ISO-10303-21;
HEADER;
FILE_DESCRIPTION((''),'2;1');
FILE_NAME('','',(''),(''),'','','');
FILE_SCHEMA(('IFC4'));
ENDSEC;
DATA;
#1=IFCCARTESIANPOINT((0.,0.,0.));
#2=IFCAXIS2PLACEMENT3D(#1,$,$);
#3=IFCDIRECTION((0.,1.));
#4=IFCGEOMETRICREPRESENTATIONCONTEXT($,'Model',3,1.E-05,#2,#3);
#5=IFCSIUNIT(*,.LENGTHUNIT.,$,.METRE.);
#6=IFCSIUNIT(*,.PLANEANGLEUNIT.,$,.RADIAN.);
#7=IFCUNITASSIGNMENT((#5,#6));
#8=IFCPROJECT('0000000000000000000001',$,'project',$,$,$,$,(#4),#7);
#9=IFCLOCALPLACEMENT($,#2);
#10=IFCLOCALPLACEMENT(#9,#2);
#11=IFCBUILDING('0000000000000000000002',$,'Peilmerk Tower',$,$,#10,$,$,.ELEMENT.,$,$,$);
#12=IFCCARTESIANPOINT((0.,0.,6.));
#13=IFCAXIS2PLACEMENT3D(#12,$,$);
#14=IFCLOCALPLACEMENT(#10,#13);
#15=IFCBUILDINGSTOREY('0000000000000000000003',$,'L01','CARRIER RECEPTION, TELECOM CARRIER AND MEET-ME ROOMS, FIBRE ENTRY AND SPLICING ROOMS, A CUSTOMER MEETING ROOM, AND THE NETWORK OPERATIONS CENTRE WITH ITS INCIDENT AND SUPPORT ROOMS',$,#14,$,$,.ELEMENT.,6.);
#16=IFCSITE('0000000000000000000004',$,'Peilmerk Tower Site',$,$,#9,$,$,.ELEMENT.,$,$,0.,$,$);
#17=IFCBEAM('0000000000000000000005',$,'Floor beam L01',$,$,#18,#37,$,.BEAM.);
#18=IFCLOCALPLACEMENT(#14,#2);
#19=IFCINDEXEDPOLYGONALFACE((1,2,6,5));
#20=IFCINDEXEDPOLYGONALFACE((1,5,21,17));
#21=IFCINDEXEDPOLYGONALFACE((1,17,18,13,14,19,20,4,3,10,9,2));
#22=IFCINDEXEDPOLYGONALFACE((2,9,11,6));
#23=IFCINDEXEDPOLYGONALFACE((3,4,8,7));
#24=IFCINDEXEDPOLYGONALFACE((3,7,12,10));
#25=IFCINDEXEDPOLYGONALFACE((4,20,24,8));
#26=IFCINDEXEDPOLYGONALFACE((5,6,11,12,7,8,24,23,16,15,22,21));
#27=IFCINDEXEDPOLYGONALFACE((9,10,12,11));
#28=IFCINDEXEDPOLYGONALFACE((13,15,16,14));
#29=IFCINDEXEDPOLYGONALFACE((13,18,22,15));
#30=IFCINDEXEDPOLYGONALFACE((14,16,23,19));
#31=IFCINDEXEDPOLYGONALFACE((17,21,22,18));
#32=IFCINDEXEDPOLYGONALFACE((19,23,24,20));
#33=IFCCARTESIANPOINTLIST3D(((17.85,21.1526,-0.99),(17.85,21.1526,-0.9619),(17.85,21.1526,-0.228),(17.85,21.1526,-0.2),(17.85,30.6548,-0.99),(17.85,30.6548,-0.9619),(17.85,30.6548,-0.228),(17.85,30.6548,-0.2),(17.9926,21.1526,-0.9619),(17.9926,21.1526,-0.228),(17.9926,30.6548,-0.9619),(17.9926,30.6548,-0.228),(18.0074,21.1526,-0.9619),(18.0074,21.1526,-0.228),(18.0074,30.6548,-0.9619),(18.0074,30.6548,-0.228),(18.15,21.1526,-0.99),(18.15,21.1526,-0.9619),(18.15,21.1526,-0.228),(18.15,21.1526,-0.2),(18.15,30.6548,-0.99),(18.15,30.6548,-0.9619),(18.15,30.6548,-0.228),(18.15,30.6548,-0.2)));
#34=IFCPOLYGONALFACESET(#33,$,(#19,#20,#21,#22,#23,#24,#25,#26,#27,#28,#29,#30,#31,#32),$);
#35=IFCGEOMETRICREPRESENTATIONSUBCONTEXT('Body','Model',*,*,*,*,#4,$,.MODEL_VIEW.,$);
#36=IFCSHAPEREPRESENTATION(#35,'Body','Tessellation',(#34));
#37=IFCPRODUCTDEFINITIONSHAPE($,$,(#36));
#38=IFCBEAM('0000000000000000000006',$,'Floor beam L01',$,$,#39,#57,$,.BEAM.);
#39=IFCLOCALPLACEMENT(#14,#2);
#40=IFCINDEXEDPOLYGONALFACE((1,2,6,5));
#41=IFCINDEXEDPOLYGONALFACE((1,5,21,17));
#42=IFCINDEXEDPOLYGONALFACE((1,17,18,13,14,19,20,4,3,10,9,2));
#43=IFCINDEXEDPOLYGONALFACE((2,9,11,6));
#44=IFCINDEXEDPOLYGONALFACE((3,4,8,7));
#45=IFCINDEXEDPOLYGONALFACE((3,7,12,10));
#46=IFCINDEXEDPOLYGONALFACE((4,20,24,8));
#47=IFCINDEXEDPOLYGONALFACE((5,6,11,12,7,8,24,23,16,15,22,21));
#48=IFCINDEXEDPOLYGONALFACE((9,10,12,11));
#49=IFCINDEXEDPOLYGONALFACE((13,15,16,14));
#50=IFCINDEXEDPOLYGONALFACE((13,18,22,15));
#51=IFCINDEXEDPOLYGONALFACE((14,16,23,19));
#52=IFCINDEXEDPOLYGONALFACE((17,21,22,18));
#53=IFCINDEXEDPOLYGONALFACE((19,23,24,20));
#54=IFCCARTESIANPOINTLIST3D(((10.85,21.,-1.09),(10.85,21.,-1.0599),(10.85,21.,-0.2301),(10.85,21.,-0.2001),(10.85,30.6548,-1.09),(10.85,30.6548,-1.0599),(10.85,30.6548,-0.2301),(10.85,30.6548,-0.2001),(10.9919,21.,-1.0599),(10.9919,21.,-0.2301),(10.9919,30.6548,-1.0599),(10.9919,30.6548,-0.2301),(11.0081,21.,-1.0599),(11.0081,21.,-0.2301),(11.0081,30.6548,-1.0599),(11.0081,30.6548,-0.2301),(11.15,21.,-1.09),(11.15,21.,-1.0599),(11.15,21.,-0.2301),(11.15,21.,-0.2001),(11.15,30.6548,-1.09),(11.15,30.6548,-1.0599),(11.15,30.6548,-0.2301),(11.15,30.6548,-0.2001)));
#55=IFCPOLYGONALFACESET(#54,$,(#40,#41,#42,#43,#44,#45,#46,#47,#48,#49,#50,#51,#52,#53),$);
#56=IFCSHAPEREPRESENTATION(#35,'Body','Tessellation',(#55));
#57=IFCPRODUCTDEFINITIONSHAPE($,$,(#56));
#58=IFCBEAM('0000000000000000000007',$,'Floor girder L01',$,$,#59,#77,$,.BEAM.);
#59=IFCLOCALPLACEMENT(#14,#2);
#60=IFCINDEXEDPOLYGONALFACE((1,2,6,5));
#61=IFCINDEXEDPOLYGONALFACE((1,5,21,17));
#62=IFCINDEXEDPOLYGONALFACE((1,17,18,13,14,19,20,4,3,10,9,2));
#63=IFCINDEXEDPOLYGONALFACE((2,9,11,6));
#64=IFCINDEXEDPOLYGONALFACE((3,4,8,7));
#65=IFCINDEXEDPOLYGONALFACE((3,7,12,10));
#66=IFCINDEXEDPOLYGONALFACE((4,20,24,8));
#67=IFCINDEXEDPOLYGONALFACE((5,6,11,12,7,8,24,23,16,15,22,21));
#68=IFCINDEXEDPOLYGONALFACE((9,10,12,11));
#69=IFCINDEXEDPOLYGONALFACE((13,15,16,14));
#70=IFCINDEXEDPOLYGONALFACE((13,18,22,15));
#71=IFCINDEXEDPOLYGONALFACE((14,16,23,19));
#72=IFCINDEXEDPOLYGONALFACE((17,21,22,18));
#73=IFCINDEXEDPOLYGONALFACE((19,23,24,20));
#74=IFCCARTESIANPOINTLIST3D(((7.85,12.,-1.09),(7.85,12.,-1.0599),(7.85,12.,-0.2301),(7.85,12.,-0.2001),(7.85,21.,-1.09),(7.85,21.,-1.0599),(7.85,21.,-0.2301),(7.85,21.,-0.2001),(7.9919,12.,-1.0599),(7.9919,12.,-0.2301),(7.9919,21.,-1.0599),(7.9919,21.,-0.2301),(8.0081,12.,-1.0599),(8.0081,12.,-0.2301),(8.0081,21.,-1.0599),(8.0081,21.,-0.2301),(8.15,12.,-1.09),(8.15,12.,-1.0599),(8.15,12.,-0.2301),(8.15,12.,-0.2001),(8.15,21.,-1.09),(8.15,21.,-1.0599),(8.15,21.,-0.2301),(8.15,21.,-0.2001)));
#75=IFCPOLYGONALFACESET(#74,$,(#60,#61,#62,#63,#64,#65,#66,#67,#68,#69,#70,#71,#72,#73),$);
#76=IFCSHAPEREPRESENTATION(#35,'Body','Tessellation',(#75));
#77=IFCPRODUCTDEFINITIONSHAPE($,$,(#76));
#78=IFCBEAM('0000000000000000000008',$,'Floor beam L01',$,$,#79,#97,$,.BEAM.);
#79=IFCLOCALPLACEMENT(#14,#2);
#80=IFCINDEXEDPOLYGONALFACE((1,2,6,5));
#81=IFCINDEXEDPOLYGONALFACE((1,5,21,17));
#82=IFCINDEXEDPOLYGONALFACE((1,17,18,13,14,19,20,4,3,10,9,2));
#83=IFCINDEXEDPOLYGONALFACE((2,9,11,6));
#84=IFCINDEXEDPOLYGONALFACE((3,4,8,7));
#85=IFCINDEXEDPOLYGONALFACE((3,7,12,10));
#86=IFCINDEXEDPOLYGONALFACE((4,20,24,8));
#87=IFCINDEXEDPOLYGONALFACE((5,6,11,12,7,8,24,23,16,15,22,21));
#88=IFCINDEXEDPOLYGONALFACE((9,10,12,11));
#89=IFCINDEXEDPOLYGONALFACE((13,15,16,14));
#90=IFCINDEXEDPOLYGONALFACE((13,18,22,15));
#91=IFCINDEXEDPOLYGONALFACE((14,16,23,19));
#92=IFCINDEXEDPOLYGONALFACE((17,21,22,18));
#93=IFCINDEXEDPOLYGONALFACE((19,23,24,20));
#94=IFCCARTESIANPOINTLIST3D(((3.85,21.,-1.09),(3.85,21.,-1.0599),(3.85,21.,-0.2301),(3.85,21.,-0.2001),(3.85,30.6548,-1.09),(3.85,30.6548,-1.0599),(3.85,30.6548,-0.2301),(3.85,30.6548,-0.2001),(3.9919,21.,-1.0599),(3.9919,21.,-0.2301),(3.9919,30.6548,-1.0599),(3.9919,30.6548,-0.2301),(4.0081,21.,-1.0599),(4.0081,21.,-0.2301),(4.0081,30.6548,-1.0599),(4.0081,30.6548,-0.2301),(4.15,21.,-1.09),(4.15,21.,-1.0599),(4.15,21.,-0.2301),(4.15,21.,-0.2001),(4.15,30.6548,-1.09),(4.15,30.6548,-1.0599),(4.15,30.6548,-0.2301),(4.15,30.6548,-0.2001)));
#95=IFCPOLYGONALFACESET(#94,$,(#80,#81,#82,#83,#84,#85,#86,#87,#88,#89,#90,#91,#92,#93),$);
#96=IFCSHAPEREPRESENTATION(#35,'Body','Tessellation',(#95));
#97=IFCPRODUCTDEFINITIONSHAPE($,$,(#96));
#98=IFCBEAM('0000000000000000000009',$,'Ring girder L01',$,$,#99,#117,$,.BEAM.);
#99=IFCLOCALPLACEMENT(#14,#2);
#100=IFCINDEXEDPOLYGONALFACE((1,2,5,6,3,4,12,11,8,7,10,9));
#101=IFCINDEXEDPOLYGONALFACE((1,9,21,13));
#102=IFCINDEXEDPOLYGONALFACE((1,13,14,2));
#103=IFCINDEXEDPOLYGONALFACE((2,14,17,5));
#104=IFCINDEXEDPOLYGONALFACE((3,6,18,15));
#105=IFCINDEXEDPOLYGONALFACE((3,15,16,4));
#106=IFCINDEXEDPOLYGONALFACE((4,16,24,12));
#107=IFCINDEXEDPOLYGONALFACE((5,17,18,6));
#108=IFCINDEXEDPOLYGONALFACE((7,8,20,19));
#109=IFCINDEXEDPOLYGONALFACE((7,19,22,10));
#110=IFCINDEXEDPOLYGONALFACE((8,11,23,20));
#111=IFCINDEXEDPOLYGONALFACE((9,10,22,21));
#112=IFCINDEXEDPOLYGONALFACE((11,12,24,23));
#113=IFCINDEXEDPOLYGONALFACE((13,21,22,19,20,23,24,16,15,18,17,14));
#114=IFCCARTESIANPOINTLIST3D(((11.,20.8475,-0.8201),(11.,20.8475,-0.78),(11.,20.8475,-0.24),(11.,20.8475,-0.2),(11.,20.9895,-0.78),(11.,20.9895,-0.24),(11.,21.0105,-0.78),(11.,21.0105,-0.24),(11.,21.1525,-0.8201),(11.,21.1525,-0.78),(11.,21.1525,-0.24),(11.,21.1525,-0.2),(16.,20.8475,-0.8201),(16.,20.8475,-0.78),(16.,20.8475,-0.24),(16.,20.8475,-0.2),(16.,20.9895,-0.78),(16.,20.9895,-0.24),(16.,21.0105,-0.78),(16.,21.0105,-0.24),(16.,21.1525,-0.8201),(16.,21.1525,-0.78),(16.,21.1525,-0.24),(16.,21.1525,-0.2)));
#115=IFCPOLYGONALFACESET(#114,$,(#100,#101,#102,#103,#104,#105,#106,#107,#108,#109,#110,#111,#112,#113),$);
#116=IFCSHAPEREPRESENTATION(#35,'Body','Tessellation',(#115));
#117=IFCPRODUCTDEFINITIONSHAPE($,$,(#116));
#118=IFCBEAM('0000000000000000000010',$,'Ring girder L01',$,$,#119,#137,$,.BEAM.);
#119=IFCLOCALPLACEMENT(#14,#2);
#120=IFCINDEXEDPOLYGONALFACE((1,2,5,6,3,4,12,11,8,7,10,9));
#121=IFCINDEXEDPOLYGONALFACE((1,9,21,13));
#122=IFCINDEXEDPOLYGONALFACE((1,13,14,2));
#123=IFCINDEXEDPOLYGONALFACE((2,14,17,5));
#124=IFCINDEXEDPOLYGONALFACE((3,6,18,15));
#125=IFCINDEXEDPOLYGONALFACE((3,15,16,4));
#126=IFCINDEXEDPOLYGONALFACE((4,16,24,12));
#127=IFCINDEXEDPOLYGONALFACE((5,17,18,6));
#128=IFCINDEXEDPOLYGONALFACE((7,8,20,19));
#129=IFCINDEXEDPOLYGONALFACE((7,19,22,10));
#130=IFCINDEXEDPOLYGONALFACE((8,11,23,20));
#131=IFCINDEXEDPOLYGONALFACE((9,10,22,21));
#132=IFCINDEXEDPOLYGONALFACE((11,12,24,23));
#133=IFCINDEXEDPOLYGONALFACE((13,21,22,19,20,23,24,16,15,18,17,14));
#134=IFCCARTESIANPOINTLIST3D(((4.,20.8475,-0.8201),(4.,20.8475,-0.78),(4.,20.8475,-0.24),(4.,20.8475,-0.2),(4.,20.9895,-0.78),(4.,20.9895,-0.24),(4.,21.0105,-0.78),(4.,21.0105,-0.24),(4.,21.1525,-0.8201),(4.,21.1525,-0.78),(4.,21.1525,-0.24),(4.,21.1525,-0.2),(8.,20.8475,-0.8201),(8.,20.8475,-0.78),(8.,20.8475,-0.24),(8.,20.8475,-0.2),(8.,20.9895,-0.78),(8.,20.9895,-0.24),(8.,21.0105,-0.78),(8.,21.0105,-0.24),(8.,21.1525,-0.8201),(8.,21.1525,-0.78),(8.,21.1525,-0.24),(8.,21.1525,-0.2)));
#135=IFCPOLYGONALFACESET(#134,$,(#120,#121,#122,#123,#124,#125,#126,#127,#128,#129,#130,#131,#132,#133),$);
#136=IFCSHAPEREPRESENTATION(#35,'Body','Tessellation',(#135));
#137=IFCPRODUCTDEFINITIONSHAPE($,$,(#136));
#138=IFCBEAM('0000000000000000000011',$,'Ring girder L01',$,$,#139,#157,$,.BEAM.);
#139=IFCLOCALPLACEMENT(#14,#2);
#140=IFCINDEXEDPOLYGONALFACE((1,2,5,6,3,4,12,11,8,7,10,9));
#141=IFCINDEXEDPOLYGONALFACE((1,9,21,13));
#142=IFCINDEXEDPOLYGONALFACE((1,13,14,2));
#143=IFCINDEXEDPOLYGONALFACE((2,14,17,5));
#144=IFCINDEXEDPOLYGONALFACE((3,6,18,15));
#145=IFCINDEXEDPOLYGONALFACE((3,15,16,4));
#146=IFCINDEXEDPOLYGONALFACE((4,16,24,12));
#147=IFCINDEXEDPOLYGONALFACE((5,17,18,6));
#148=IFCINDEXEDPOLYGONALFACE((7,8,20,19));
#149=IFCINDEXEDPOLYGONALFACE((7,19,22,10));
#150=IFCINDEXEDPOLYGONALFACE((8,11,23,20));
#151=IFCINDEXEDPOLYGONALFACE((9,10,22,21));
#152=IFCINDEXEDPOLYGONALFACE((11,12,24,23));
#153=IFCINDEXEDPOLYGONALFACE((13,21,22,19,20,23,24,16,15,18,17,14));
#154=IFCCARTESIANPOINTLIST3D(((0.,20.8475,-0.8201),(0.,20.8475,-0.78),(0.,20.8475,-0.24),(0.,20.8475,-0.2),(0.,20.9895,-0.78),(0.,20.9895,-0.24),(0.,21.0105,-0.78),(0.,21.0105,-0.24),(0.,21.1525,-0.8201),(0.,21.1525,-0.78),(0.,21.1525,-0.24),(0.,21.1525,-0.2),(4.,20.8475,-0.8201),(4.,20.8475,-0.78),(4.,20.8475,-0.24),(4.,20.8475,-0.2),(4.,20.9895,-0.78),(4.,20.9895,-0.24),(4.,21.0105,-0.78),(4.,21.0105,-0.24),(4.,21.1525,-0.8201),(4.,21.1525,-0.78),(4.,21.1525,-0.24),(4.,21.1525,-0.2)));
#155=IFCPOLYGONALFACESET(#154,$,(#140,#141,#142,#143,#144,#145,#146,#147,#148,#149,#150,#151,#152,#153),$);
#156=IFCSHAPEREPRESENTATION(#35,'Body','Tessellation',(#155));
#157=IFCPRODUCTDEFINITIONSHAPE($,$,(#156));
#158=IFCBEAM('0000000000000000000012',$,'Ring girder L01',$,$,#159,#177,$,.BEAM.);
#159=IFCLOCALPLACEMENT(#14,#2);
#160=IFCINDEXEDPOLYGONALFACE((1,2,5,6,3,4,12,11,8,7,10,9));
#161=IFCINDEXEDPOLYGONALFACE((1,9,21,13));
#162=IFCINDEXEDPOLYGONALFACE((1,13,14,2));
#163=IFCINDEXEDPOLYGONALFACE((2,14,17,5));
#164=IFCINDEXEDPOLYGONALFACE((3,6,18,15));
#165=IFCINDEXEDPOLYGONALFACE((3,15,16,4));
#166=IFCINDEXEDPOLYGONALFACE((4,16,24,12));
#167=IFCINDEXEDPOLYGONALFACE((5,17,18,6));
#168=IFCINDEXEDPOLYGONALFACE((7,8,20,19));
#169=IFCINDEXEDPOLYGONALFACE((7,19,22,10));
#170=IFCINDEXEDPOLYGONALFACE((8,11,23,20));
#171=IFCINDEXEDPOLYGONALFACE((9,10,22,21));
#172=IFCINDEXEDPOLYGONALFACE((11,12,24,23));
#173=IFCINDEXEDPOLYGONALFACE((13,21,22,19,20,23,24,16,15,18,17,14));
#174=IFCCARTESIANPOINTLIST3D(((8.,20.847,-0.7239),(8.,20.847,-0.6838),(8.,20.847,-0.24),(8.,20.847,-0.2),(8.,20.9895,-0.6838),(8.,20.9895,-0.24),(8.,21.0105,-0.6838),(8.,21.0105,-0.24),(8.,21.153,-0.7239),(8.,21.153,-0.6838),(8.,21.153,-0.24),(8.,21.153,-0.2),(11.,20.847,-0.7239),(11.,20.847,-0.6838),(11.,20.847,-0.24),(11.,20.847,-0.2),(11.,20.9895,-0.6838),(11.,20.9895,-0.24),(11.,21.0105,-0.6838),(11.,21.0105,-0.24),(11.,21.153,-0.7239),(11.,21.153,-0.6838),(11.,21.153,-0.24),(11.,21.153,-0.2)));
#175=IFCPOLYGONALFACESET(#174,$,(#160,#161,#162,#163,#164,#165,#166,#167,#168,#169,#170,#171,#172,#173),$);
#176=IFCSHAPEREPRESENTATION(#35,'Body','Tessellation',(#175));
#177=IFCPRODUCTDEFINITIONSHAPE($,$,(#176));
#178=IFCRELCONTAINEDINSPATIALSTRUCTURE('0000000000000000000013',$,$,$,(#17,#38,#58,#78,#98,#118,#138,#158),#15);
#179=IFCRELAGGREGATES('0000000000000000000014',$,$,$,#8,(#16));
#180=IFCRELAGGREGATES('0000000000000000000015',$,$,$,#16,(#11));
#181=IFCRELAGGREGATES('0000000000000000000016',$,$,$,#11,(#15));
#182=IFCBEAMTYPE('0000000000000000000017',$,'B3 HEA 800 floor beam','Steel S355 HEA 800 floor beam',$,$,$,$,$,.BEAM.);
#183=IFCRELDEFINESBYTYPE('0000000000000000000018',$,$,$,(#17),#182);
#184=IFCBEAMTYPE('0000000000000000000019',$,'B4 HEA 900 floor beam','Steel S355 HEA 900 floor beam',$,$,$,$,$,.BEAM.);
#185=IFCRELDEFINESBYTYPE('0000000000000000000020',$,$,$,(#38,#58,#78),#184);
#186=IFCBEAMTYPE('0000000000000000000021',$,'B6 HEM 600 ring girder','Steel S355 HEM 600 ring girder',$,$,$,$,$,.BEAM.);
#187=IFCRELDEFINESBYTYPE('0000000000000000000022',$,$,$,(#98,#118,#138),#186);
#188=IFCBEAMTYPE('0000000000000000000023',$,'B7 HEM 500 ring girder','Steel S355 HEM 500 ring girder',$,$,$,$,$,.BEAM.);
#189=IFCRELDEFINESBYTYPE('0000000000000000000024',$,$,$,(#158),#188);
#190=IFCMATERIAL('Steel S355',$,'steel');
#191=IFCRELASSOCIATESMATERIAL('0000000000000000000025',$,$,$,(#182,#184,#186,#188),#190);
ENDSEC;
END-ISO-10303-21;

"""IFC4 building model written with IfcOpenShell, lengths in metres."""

from ifc_helpers import new_model, si_unit, direction, frame, origin, origin_2d, place, context, subcontext, project, spatial, i_section, extrude, material, material_profile, profile_set, type_object, element, save


model = new_model("IFC4")

# Units and contexts
model_context = context("Model", 3, precision=1e-05, world=origin(), true_north=direction((0.0, 1.0)))
body_context = subcontext(model_context, "Body", "Model", "MODEL_VIEW")
ifc_project = project(units=[si_unit("LENGTHUNIT", "METRE"), si_unit("PLANEANGLEUNIT", "RADIAN")], contexts=[model_context])

# Site, building, storey
site_placement = place(None, origin())
site = spatial("IfcSite", under=ifc_project, at=site_placement, Name="Peilmerk Tower Site", CompositionType="ELEMENT", RefElevation=0.0)
building_placement = place(site_placement, origin())
building = spatial("IfcBuilding", under=site, at=building_placement, Name="Peilmerk Tower", CompositionType="ELEMENT")
storey_placement = place(building_placement, frame((0.0, 0.0, 6.0)))
storey = spatial("IfcBuildingStorey", under=building, at=storey_placement, Name="L01", Description="CARRIER RECEPTION, TELECOM CARRIER AND MEET-ME ROOMS, FIBRE ENTRY AND SPLICING ROOMS, A CUSTOMER MEETING ROOM, AND THE NETWORK OPERATIONS CENTRE WITH ITS INCIDENT AND SUPPORT ROOMS", CompositionType="ELEMENT", Elevation=6.0)

# Beams
ifc_material_1 = material(Name="Steel S355", Category="steel")
ifc_material_profile_1 = material_profile(ifc_material_1, i_section(OverallWidth=0.3, OverallDepth=0.79, WebThickness=0.0149, FlangeThickness=0.0281, at=origin_2d()), Name="HEA 800")
ifc_profile_set_1 = profile_set([ifc_material_profile_1], Name="Steel S355")
beam_type_1 = type_object("IfcBeamType", Name="B3 HEA 800 floor beam", Description="Steel S355 HEA 800 floor beam", PredefinedType="BEAM", material=ifc_profile_set_1)
for number, where, z_axis, x_axis, name in (
    (1, (18.0, 21.1526, -0.595), (0.0, 1.0, 0.0), (-1.0, 0.0, 0.0), "Floor beam L01"),
):
    element("IfcBeam", number, at=place(storey_placement, frame(where, z_axis=z_axis, x_axis=x_axis)), inside=storey, type_object=beam_type_1, Name=name, PredefinedType="BEAM", context=body_context, shape_type="SweptSolid", body=[
        extrude(i_section(OverallWidth=0.3, OverallDepth=0.79, WebThickness=0.0149, FlangeThickness=0.0281, at=origin_2d()), origin(), (0.0, 0.0, 1.0), 9.5022),
    ])
ifc_material_profile_2 = material_profile(ifc_material_1, i_section(OverallWidth=0.3, OverallDepth=0.8899, WebThickness=0.0161, FlangeThickness=0.03, at=origin_2d()), Name="HEA 900")
ifc_profile_set_2 = profile_set([ifc_material_profile_2], Name="Steel S355")
beam_type_2 = type_object("IfcBeamType", Name="B4 HEA 900 floor beam", Description="Steel S355 HEA 900 floor beam", PredefinedType="BEAM", material=ifc_profile_set_2)
beam_1_placement = place(storey_placement, frame((11.0, 21.0, -0.645), z_axis=(0.0, 1.0, 0.0), x_axis=(-1.0, 0.0, 0.0)))
element("IfcBeam", 2, at=beam_1_placement, inside=storey, type_object=beam_type_2, Name="Floor beam L01", PredefinedType="BEAM", context=body_context, shape_type="SweptSolid", body=[
    extrude(i_section(OverallWidth=0.3, OverallDepth=0.8899, WebThickness=0.0161, FlangeThickness=0.03, at=origin_2d()), origin(), (0.0, 0.0, 1.0), 9.6548),
])
beam_2_placement = place(storey_placement, frame((8.0, 12.0, -0.645), z_axis=(0.0, 1.0, 0.0), x_axis=(-1.0, 0.0, 0.0)))
element("IfcBeam", 3, at=beam_2_placement, inside=storey, type_object=beam_type_2, Name="Floor girder L01", PredefinedType="BEAM", context=body_context, shape_type="SweptSolid", body=[
    extrude(i_section(OverallWidth=0.3, OverallDepth=0.8899, WebThickness=0.0161, FlangeThickness=0.03, at=origin_2d()), origin(), (0.0, 0.0, 1.0), 9.0),
])
beam_3_placement = place(storey_placement, frame((4.0, 21.0, -0.645), z_axis=(0.0, 1.0, 0.0), x_axis=(-1.0, 0.0, 0.0)))
element("IfcBeam", 4, at=beam_3_placement, inside=storey, type_object=beam_type_2, Name="Floor beam L01", PredefinedType="BEAM", context=body_context, shape_type="SweptSolid", body=[
    extrude(i_section(OverallWidth=0.3, OverallDepth=0.8899, WebThickness=0.0161, FlangeThickness=0.03, at=origin_2d()), origin(), (0.0, 0.0, 1.0), 9.6548),
])
ifc_material_profile_3 = material_profile(ifc_material_1, i_section(OverallWidth=0.3049, OverallDepth=0.6201, WebThickness=0.021, FlangeThickness=0.04, at=origin_2d()), Name="HEM 600")
ifc_profile_set_3 = profile_set([ifc_material_profile_3], Name="Steel S355")
beam_type_3 = type_object("IfcBeamType", Name="B6 HEM 600 ring girder", Description="Steel S355 HEM 600 ring girder", PredefinedType="BEAM", material=ifc_profile_set_3)
beam_4_placement = place(storey_placement, frame((16.0, 21.0, -0.51), z_axis=(-1.0, 0.0, 0.0), x_axis=(0.0, -1.0, 0.0)))
element("IfcBeam", 5, at=beam_4_placement, inside=storey, type_object=beam_type_3, Name="Ring girder L01", PredefinedType="BEAM", context=body_context, shape_type="SweptSolid", body=[
    extrude(i_section(OverallWidth=0.3049, OverallDepth=0.6201, WebThickness=0.021, FlangeThickness=0.04, at=origin_2d()), origin(), (0.0, 0.0, 1.0), 5.0),
])
for number, where, z_axis, x_axis, name in (
    (6, (8.0, 21.0, -0.51), (-1.0, 0.0, 0.0), (0.0, -1.0, 0.0), "Ring girder L01"),
    (7, (4.0, 21.0, -0.51), (-1.0, 0.0, 0.0), (0.0, -1.0, 0.0), "Ring girder L01"),
):
    element("IfcBeam", number, at=place(storey_placement, frame(where, z_axis=z_axis, x_axis=x_axis)), inside=storey, type_object=beam_type_3, Name=name, PredefinedType="BEAM", context=body_context, shape_type="SweptSolid", body=[
        extrude(i_section(OverallWidth=0.3049, OverallDepth=0.6201, WebThickness=0.021, FlangeThickness=0.04, at=origin_2d()), origin(), (0.0, 0.0, 1.0), 4.0),
    ])
ifc_material_profile_4 = material_profile(ifc_material_1, i_section(OverallWidth=0.3059, OverallDepth=0.5239, WebThickness=0.021, FlangeThickness=0.04, at=origin_2d()), Name="HEM 500")
ifc_profile_set_4 = profile_set([ifc_material_profile_4], Name="Steel S355")
beam_type_4 = type_object("IfcBeamType", Name="B7 HEM 500 ring girder", Description="Steel S355 HEM 500 ring girder", PredefinedType="BEAM", material=ifc_profile_set_4)
beam_5_placement = place(storey_placement, frame((11.0, 21.0, -0.4619), z_axis=(-1.0, 0.0, 0.0), x_axis=(0.0, -1.0, 0.0)))
element("IfcBeam", 8, at=beam_5_placement, inside=storey, type_object=beam_type_4, Name="Ring girder L01", PredefinedType="BEAM", context=body_context, shape_type="SweptSolid", body=[
    extrude(i_section(OverallWidth=0.3059, OverallDepth=0.5239, WebThickness=0.021, FlangeThickness=0.04, at=origin_2d()), origin(), (0.0, 0.0, 1.0), 3.0),
])

save(model, "model.ifc")
